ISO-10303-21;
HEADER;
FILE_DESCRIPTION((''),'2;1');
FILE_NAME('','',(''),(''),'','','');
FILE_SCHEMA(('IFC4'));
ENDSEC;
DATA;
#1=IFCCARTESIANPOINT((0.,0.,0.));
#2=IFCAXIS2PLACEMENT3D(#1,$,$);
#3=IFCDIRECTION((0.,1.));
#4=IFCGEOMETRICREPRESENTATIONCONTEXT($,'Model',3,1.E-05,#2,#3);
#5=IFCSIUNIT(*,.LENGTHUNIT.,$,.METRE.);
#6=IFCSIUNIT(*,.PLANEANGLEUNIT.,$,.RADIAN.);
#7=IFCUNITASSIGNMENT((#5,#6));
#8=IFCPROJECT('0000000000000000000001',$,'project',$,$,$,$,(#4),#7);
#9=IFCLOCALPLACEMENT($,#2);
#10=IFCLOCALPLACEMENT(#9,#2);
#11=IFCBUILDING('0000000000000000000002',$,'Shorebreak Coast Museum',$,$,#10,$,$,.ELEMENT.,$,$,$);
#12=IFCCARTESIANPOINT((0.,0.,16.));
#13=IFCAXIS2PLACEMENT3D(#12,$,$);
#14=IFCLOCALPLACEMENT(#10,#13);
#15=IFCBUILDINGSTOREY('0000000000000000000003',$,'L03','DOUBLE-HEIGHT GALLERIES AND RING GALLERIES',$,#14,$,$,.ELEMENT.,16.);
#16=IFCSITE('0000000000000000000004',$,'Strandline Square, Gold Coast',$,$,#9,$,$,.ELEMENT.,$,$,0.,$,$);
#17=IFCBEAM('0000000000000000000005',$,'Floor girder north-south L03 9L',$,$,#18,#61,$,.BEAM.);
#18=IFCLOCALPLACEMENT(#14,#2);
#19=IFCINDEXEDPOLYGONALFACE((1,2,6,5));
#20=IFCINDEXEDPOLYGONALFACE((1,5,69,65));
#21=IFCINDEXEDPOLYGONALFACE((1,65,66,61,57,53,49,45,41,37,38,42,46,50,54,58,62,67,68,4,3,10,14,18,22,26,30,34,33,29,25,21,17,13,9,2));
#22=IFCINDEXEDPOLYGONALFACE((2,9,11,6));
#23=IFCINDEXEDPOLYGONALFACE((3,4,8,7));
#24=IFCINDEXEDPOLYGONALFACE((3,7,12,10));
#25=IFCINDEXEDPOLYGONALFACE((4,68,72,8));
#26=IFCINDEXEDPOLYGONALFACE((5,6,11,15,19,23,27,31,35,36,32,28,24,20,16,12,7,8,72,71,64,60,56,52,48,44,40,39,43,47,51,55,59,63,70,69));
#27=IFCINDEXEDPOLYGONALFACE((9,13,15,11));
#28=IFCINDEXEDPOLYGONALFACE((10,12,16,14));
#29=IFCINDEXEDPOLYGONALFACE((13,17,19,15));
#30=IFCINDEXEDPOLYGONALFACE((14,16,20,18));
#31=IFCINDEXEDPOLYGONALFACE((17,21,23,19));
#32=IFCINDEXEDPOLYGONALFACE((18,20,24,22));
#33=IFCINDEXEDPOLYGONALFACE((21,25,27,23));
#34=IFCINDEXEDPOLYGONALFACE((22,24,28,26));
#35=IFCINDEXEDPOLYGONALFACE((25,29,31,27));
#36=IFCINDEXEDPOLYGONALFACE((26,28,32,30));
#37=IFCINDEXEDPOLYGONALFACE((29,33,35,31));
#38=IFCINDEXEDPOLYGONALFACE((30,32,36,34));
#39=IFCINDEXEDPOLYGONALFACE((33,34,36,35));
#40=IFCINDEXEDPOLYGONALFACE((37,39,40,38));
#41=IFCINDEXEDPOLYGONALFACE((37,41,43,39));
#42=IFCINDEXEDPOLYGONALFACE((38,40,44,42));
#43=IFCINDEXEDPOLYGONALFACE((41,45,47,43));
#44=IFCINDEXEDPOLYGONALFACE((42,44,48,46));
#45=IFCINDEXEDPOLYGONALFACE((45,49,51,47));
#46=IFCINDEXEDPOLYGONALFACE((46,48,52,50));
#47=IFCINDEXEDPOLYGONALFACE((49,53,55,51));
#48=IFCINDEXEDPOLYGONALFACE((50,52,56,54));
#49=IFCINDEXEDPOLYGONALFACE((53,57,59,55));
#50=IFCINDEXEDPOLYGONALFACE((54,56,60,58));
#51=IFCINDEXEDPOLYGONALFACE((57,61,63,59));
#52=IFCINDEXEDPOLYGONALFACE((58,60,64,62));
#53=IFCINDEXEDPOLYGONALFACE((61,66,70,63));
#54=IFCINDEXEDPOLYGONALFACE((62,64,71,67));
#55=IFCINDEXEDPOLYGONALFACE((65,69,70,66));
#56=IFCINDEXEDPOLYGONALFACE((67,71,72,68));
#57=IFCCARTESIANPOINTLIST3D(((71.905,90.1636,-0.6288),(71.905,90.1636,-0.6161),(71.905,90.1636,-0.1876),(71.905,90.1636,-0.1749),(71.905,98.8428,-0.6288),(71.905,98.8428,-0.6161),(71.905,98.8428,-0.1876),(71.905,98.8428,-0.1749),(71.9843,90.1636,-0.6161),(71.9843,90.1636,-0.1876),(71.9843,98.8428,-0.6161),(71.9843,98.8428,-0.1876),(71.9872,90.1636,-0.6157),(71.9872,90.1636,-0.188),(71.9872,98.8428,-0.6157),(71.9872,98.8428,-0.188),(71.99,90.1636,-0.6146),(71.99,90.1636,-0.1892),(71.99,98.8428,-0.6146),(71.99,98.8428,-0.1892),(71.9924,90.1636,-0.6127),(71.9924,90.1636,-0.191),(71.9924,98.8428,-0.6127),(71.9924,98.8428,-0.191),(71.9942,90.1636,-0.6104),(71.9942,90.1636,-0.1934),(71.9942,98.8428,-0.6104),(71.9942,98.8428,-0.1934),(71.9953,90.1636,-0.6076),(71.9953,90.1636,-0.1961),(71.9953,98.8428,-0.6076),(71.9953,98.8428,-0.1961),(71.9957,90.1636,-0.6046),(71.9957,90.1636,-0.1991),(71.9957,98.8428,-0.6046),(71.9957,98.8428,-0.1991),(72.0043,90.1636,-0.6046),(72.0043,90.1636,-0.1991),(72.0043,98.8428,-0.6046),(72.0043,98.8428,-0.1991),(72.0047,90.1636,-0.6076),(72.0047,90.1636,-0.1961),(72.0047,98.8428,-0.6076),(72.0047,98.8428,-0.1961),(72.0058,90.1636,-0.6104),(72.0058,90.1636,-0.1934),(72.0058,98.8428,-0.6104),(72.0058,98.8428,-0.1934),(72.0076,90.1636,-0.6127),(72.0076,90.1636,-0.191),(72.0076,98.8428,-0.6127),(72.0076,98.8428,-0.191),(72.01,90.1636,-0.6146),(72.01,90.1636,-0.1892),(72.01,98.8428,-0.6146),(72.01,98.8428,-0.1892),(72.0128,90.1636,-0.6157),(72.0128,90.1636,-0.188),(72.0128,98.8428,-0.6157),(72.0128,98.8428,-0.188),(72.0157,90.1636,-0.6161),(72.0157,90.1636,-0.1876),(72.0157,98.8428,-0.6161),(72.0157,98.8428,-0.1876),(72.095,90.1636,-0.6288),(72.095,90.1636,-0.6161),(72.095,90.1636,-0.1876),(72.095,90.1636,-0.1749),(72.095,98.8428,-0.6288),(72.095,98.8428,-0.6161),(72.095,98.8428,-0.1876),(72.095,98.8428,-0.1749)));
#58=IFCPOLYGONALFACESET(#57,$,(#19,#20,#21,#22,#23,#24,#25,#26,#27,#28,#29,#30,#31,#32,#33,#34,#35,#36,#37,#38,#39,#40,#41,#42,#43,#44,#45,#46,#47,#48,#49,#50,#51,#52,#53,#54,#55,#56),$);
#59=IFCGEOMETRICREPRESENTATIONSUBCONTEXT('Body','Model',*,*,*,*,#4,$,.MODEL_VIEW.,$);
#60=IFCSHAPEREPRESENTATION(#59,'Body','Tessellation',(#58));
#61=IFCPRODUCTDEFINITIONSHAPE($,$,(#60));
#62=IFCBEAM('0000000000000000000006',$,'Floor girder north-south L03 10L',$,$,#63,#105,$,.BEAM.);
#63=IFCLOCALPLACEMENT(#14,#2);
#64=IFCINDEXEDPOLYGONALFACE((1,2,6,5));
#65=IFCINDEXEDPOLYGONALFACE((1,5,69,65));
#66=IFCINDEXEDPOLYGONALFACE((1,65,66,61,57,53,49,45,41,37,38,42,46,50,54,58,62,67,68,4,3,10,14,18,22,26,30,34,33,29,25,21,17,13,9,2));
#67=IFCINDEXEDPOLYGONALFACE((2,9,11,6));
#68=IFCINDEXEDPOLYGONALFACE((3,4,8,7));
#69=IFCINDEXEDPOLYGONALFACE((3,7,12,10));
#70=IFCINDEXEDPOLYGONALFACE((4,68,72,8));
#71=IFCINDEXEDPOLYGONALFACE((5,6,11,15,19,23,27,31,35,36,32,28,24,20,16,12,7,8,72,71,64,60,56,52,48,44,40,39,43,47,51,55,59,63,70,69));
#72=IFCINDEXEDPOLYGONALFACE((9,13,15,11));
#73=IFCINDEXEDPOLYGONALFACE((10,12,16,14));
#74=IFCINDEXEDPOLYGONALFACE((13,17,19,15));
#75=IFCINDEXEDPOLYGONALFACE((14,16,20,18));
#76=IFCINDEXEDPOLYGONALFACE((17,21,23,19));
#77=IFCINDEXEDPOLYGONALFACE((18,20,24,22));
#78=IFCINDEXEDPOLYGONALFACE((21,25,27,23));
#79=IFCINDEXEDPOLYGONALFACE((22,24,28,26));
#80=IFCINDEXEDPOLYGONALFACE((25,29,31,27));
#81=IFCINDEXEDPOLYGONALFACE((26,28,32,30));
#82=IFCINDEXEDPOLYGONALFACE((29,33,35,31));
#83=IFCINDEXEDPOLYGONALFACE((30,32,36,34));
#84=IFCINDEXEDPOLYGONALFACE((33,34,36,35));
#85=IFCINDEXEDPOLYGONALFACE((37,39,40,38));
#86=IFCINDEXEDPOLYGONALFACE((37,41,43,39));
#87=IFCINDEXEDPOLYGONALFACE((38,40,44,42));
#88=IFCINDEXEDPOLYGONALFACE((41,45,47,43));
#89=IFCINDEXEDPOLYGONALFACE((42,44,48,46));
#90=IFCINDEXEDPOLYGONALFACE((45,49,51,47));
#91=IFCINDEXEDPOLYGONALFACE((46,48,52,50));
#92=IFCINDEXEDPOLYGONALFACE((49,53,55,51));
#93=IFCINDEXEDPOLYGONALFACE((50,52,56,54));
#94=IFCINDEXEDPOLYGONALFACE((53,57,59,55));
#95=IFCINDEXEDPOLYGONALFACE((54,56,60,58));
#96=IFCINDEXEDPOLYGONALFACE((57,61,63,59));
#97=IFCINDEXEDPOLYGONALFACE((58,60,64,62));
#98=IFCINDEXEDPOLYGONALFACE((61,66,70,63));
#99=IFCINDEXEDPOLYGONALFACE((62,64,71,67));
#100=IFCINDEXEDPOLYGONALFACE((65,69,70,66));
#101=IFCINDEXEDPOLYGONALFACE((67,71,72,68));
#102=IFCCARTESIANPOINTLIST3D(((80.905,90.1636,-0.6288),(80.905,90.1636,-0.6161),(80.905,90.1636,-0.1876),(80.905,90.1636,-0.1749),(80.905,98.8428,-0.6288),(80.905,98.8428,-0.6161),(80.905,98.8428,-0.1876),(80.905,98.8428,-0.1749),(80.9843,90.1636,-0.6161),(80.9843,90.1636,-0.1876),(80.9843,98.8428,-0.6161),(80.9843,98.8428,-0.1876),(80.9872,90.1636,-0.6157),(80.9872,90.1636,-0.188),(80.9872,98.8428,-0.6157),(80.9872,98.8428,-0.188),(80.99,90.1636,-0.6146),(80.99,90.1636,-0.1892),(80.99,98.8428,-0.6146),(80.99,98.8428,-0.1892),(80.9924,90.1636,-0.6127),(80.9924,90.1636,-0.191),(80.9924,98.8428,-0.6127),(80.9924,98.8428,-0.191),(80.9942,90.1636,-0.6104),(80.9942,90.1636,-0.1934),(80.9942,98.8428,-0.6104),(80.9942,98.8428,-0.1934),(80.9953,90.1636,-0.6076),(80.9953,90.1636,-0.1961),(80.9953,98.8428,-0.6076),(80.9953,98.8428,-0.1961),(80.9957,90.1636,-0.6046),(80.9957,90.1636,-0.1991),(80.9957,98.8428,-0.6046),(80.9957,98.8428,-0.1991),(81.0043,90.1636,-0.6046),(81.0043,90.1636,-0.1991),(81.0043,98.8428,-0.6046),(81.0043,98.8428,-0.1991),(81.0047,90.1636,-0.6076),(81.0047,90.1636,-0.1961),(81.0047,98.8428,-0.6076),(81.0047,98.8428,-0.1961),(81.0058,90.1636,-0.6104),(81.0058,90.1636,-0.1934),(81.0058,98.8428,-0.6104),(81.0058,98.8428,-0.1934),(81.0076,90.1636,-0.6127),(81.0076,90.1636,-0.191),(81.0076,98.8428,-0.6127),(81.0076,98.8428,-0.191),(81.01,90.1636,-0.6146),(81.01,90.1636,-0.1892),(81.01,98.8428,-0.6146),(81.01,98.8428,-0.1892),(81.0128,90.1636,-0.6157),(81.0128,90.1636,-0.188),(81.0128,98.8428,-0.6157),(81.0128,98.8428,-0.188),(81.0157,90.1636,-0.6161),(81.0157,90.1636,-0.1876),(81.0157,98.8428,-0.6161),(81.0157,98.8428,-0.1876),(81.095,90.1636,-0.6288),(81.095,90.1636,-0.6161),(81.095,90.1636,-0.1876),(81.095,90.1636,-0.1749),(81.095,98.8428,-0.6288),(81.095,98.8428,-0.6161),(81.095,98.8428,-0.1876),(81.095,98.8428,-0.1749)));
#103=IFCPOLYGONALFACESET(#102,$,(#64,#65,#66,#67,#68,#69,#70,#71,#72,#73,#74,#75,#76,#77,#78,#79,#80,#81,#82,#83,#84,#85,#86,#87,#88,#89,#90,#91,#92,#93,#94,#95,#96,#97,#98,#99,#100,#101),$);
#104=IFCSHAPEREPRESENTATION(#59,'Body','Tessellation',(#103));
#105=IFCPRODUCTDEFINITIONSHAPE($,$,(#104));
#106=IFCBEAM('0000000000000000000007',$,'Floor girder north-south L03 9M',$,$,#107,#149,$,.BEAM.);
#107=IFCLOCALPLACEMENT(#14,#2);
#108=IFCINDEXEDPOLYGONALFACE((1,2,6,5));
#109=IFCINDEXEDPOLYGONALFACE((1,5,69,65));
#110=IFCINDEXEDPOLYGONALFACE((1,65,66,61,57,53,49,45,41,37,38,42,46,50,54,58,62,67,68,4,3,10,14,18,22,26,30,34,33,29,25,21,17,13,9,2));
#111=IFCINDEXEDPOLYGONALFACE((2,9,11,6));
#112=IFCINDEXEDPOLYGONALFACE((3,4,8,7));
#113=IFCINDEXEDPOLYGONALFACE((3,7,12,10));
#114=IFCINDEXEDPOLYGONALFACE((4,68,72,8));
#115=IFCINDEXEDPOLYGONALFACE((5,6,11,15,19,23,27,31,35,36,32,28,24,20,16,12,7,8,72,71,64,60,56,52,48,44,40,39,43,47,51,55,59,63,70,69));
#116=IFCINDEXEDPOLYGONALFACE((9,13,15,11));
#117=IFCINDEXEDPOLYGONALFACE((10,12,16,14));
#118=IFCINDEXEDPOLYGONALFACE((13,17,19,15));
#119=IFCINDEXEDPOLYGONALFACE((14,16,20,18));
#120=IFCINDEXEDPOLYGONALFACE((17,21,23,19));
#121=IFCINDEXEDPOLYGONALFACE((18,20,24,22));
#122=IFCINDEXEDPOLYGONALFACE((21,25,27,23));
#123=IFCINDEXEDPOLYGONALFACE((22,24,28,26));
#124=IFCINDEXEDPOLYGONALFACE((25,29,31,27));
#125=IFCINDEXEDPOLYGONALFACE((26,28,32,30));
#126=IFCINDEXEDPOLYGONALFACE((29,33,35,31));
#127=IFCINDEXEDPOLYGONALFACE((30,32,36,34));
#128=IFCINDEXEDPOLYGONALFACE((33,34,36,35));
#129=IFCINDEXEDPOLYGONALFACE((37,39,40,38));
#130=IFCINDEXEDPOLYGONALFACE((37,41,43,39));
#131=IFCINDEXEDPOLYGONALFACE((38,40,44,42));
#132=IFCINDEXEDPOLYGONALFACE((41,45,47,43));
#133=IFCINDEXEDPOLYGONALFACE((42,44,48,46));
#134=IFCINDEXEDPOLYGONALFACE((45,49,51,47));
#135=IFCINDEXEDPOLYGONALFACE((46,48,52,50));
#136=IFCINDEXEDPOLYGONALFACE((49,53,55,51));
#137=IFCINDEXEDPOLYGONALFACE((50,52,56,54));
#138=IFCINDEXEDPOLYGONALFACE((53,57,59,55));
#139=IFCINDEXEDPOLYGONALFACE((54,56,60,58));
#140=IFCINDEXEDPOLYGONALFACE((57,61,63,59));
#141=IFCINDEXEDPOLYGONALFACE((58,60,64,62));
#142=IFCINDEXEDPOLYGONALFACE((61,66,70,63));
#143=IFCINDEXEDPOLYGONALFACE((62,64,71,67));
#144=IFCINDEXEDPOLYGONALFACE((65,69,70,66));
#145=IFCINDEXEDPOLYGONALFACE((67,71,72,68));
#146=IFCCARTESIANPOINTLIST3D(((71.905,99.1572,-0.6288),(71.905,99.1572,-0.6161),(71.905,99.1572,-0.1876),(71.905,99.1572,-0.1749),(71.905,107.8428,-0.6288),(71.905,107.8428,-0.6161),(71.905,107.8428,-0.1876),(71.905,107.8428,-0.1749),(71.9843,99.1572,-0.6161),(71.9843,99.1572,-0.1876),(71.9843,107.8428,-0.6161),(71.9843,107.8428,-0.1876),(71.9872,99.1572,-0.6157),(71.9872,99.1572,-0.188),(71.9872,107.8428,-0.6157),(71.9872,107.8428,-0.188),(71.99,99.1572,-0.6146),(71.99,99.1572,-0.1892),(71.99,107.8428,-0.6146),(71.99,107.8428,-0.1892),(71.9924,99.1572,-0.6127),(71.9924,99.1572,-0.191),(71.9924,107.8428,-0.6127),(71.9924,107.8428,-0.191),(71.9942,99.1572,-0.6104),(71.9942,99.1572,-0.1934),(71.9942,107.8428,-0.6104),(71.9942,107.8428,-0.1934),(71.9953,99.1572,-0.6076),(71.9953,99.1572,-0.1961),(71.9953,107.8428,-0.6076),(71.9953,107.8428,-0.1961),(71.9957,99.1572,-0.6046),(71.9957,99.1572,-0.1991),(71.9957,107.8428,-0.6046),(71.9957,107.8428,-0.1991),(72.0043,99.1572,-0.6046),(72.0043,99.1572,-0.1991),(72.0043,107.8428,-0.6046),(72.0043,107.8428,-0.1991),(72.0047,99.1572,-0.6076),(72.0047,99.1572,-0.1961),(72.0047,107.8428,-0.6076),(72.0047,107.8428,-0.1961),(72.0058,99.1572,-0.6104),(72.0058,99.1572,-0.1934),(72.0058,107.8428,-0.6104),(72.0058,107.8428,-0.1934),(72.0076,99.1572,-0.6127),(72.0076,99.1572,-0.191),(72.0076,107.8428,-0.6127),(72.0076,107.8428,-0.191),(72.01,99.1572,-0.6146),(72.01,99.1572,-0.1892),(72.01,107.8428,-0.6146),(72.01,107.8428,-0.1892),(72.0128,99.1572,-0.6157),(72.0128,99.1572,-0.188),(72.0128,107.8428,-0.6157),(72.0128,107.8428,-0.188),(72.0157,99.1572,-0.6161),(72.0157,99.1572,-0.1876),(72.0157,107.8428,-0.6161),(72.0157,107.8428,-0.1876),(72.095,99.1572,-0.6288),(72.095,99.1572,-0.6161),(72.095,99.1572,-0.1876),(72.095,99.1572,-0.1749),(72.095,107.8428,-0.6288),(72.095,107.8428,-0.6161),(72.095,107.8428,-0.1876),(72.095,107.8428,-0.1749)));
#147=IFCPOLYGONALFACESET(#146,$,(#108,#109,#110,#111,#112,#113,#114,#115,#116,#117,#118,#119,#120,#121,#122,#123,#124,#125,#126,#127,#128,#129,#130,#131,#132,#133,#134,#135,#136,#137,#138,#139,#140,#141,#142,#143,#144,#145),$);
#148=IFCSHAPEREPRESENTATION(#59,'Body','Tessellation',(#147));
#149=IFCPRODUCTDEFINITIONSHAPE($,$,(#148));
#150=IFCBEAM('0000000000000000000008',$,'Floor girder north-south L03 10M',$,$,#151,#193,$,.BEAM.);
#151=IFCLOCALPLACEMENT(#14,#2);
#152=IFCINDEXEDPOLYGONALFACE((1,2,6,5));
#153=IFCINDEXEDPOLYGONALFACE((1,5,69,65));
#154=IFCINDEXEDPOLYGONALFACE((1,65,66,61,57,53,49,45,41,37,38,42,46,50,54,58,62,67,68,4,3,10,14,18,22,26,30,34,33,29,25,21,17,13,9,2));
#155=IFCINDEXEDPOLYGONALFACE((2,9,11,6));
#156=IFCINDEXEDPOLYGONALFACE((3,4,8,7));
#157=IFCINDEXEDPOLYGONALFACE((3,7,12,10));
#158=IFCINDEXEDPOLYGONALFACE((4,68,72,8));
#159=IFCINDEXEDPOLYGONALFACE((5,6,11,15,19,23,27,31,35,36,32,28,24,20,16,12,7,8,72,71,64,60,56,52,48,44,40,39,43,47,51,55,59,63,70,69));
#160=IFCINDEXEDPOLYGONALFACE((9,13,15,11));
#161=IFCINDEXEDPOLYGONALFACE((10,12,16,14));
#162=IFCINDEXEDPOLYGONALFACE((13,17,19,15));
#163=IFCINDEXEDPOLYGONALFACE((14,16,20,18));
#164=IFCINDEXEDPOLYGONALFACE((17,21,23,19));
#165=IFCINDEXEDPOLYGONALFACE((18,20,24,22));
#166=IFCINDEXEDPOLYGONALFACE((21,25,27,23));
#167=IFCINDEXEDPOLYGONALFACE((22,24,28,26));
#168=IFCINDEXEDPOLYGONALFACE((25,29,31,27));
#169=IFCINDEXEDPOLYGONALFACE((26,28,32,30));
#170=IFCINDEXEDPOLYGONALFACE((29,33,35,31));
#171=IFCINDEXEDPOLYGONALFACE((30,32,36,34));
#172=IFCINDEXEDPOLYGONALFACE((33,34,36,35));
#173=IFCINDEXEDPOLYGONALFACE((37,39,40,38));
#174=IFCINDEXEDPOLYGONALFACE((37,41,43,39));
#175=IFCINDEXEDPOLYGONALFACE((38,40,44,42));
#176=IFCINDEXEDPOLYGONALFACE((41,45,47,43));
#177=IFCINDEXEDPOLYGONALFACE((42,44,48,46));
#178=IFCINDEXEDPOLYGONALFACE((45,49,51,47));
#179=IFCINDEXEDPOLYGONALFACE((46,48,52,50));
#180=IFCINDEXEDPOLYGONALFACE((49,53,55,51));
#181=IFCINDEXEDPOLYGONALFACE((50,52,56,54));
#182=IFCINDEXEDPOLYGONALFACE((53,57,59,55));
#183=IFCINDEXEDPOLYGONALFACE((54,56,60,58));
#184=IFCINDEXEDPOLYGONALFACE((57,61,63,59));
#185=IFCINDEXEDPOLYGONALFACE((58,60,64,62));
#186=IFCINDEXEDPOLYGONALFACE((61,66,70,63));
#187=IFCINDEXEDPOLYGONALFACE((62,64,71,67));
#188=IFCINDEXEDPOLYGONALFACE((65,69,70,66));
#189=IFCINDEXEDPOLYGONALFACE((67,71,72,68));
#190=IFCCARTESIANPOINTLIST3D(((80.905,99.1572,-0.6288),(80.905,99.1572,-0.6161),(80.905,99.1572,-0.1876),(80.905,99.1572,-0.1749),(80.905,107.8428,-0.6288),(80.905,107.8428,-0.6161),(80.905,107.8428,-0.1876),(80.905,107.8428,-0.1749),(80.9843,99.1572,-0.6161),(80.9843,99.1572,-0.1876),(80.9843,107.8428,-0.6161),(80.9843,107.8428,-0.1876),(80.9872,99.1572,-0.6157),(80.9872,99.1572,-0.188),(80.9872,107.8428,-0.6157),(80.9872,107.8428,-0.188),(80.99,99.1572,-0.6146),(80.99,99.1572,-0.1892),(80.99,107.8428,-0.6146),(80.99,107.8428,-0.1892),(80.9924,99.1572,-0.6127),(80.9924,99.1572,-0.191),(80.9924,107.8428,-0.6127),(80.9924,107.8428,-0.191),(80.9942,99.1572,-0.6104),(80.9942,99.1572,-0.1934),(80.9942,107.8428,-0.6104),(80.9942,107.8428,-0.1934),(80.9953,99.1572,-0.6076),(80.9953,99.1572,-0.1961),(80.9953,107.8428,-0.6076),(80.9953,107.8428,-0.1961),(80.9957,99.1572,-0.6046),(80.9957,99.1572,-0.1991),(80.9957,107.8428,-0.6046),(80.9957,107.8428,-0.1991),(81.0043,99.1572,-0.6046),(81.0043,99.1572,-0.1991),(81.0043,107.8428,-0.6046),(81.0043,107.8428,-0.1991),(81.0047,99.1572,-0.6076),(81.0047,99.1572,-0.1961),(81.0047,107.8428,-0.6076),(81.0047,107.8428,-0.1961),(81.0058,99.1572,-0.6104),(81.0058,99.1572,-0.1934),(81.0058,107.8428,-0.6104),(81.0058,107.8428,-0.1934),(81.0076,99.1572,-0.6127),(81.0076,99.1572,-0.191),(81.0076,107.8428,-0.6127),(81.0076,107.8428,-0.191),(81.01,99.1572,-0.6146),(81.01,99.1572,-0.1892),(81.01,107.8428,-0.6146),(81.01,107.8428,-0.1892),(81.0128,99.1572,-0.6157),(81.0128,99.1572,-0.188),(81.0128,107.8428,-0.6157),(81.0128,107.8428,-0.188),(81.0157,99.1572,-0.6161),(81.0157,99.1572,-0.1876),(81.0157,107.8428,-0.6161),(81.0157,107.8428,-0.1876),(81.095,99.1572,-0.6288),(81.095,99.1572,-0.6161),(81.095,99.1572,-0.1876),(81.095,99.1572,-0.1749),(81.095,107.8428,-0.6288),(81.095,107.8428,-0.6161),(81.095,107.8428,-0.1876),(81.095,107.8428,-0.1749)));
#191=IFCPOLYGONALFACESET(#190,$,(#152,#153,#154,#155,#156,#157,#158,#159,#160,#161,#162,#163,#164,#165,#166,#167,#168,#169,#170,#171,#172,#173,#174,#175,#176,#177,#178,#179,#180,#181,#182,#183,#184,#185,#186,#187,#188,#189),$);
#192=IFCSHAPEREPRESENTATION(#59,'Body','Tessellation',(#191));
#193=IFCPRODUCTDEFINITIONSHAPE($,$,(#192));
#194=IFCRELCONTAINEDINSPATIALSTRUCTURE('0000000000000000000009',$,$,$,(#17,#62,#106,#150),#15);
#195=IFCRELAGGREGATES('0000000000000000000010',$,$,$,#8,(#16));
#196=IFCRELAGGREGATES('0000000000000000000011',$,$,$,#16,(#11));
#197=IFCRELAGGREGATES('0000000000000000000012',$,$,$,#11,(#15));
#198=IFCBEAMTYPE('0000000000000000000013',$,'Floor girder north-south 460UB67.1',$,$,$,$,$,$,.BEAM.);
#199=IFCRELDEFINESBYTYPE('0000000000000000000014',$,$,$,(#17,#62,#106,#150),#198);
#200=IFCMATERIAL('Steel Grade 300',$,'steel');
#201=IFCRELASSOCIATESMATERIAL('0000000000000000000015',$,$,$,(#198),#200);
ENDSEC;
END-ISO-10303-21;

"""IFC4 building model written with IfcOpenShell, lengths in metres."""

from ifc_helpers import new_model, si_unit, direction, frame, origin, origin_2d, place, context, subcontext, project, spatial, i_section, extrude, material, material_profile, profile_set, type_object, element, save


model = new_model("IFC4")

# Units and contexts
model_context = context("Model", 3, precision=1e-05, world=origin(), true_north=direction((0.0, 1.0)))
body_context = subcontext(model_context, "Body", "Model", "MODEL_VIEW")
ifc_project = project(units=[si_unit("LENGTHUNIT", "METRE"), si_unit("PLANEANGLEUNIT", "RADIAN")], contexts=[model_context])

# Site, building, storey
site_placement = place(None, origin())
site = spatial("IfcSite", under=ifc_project, at=site_placement, Name="Strandline Square, Gold Coast", CompositionType="ELEMENT", RefElevation=0.0)
building_placement = place(site_placement, origin())
building = spatial("IfcBuilding", under=site, at=building_placement, Name="Shorebreak Coast Museum", CompositionType="ELEMENT")
storey_placement = place(building_placement, frame((0.0, 0.0, 16.0)))
storey = spatial("IfcBuildingStorey", under=building, at=storey_placement, Name="L03", Description="DOUBLE-HEIGHT GALLERIES AND RING GALLERIES", CompositionType="ELEMENT", Elevation=16.0)

# Beams
ifc_material_1 = material(Name="Steel Grade 300", Category="steel")
ifc_material_profile_1 = material_profile(ifc_material_1, i_section(OverallWidth=0.1899, OverallDepth=0.4539, WebThickness=0.0085, FlangeThickness=0.0127, FilletRadius=0.0115, at=origin_2d()), Name="460UB67.1")
ifc_profile_set_1 = profile_set([ifc_material_profile_1], Name="Steel Grade 300")
beam_type_1 = type_object("IfcBeamType", Name="Floor girder north-south 460UB67.1", PredefinedType="BEAM", material=ifc_profile_set_1)
for number, where, z_axis, x_axis, name in (
    (1, (72.0, 90.1636, -0.4019), (0.0, 1.0, 0.0), (-1.0, 0.0, 0.0), "Floor girder north-south L03 9L"),
    (2, (81.0, 90.1636, -0.4019), (0.0, 1.0, 0.0), (-1.0, 0.0, 0.0), "Floor girder north-south L03 10L"),
):
    element("IfcBeam", number, at=place(storey_placement, frame(where, z_axis=z_axis, x_axis=x_axis)), inside=storey, type_object=beam_type_1, Name=name, PredefinedType="BEAM", context=body_context, shape_type="SweptSolid", body=[
        extrude(i_section(OverallWidth=0.1899, OverallDepth=0.4539, WebThickness=0.0085, FlangeThickness=0.0127, FilletRadius=0.0115, at=origin_2d()), origin(), (0.0, 0.0, 1.0), 8.6792),
    ])
for number, where, z_axis, x_axis, name in (
    (3, (72.0, 99.1572, -0.4019), (0.0, 1.0, 0.0), (-1.0, 0.0, 0.0), "Floor girder north-south L03 9M"),
    (4, (81.0, 99.1572, -0.4019), (0.0, 1.0, 0.0), (-1.0, 0.0, 0.0), "Floor girder north-south L03 10M"),
):
    element("IfcBeam", number, at=place(storey_placement, frame(where, z_axis=z_axis, x_axis=x_axis)), inside=storey, type_object=beam_type_1, Name=name, PredefinedType="BEAM", context=body_context, shape_type="SweptSolid", body=[
        extrude(i_section(OverallWidth=0.1899, OverallDepth=0.4539, WebThickness=0.0085, FlangeThickness=0.0127, FilletRadius=0.0115, at=origin_2d()), origin(), (0.0, 0.0, 1.0), 8.6855),
    ])

save(model, "model.ifc")
